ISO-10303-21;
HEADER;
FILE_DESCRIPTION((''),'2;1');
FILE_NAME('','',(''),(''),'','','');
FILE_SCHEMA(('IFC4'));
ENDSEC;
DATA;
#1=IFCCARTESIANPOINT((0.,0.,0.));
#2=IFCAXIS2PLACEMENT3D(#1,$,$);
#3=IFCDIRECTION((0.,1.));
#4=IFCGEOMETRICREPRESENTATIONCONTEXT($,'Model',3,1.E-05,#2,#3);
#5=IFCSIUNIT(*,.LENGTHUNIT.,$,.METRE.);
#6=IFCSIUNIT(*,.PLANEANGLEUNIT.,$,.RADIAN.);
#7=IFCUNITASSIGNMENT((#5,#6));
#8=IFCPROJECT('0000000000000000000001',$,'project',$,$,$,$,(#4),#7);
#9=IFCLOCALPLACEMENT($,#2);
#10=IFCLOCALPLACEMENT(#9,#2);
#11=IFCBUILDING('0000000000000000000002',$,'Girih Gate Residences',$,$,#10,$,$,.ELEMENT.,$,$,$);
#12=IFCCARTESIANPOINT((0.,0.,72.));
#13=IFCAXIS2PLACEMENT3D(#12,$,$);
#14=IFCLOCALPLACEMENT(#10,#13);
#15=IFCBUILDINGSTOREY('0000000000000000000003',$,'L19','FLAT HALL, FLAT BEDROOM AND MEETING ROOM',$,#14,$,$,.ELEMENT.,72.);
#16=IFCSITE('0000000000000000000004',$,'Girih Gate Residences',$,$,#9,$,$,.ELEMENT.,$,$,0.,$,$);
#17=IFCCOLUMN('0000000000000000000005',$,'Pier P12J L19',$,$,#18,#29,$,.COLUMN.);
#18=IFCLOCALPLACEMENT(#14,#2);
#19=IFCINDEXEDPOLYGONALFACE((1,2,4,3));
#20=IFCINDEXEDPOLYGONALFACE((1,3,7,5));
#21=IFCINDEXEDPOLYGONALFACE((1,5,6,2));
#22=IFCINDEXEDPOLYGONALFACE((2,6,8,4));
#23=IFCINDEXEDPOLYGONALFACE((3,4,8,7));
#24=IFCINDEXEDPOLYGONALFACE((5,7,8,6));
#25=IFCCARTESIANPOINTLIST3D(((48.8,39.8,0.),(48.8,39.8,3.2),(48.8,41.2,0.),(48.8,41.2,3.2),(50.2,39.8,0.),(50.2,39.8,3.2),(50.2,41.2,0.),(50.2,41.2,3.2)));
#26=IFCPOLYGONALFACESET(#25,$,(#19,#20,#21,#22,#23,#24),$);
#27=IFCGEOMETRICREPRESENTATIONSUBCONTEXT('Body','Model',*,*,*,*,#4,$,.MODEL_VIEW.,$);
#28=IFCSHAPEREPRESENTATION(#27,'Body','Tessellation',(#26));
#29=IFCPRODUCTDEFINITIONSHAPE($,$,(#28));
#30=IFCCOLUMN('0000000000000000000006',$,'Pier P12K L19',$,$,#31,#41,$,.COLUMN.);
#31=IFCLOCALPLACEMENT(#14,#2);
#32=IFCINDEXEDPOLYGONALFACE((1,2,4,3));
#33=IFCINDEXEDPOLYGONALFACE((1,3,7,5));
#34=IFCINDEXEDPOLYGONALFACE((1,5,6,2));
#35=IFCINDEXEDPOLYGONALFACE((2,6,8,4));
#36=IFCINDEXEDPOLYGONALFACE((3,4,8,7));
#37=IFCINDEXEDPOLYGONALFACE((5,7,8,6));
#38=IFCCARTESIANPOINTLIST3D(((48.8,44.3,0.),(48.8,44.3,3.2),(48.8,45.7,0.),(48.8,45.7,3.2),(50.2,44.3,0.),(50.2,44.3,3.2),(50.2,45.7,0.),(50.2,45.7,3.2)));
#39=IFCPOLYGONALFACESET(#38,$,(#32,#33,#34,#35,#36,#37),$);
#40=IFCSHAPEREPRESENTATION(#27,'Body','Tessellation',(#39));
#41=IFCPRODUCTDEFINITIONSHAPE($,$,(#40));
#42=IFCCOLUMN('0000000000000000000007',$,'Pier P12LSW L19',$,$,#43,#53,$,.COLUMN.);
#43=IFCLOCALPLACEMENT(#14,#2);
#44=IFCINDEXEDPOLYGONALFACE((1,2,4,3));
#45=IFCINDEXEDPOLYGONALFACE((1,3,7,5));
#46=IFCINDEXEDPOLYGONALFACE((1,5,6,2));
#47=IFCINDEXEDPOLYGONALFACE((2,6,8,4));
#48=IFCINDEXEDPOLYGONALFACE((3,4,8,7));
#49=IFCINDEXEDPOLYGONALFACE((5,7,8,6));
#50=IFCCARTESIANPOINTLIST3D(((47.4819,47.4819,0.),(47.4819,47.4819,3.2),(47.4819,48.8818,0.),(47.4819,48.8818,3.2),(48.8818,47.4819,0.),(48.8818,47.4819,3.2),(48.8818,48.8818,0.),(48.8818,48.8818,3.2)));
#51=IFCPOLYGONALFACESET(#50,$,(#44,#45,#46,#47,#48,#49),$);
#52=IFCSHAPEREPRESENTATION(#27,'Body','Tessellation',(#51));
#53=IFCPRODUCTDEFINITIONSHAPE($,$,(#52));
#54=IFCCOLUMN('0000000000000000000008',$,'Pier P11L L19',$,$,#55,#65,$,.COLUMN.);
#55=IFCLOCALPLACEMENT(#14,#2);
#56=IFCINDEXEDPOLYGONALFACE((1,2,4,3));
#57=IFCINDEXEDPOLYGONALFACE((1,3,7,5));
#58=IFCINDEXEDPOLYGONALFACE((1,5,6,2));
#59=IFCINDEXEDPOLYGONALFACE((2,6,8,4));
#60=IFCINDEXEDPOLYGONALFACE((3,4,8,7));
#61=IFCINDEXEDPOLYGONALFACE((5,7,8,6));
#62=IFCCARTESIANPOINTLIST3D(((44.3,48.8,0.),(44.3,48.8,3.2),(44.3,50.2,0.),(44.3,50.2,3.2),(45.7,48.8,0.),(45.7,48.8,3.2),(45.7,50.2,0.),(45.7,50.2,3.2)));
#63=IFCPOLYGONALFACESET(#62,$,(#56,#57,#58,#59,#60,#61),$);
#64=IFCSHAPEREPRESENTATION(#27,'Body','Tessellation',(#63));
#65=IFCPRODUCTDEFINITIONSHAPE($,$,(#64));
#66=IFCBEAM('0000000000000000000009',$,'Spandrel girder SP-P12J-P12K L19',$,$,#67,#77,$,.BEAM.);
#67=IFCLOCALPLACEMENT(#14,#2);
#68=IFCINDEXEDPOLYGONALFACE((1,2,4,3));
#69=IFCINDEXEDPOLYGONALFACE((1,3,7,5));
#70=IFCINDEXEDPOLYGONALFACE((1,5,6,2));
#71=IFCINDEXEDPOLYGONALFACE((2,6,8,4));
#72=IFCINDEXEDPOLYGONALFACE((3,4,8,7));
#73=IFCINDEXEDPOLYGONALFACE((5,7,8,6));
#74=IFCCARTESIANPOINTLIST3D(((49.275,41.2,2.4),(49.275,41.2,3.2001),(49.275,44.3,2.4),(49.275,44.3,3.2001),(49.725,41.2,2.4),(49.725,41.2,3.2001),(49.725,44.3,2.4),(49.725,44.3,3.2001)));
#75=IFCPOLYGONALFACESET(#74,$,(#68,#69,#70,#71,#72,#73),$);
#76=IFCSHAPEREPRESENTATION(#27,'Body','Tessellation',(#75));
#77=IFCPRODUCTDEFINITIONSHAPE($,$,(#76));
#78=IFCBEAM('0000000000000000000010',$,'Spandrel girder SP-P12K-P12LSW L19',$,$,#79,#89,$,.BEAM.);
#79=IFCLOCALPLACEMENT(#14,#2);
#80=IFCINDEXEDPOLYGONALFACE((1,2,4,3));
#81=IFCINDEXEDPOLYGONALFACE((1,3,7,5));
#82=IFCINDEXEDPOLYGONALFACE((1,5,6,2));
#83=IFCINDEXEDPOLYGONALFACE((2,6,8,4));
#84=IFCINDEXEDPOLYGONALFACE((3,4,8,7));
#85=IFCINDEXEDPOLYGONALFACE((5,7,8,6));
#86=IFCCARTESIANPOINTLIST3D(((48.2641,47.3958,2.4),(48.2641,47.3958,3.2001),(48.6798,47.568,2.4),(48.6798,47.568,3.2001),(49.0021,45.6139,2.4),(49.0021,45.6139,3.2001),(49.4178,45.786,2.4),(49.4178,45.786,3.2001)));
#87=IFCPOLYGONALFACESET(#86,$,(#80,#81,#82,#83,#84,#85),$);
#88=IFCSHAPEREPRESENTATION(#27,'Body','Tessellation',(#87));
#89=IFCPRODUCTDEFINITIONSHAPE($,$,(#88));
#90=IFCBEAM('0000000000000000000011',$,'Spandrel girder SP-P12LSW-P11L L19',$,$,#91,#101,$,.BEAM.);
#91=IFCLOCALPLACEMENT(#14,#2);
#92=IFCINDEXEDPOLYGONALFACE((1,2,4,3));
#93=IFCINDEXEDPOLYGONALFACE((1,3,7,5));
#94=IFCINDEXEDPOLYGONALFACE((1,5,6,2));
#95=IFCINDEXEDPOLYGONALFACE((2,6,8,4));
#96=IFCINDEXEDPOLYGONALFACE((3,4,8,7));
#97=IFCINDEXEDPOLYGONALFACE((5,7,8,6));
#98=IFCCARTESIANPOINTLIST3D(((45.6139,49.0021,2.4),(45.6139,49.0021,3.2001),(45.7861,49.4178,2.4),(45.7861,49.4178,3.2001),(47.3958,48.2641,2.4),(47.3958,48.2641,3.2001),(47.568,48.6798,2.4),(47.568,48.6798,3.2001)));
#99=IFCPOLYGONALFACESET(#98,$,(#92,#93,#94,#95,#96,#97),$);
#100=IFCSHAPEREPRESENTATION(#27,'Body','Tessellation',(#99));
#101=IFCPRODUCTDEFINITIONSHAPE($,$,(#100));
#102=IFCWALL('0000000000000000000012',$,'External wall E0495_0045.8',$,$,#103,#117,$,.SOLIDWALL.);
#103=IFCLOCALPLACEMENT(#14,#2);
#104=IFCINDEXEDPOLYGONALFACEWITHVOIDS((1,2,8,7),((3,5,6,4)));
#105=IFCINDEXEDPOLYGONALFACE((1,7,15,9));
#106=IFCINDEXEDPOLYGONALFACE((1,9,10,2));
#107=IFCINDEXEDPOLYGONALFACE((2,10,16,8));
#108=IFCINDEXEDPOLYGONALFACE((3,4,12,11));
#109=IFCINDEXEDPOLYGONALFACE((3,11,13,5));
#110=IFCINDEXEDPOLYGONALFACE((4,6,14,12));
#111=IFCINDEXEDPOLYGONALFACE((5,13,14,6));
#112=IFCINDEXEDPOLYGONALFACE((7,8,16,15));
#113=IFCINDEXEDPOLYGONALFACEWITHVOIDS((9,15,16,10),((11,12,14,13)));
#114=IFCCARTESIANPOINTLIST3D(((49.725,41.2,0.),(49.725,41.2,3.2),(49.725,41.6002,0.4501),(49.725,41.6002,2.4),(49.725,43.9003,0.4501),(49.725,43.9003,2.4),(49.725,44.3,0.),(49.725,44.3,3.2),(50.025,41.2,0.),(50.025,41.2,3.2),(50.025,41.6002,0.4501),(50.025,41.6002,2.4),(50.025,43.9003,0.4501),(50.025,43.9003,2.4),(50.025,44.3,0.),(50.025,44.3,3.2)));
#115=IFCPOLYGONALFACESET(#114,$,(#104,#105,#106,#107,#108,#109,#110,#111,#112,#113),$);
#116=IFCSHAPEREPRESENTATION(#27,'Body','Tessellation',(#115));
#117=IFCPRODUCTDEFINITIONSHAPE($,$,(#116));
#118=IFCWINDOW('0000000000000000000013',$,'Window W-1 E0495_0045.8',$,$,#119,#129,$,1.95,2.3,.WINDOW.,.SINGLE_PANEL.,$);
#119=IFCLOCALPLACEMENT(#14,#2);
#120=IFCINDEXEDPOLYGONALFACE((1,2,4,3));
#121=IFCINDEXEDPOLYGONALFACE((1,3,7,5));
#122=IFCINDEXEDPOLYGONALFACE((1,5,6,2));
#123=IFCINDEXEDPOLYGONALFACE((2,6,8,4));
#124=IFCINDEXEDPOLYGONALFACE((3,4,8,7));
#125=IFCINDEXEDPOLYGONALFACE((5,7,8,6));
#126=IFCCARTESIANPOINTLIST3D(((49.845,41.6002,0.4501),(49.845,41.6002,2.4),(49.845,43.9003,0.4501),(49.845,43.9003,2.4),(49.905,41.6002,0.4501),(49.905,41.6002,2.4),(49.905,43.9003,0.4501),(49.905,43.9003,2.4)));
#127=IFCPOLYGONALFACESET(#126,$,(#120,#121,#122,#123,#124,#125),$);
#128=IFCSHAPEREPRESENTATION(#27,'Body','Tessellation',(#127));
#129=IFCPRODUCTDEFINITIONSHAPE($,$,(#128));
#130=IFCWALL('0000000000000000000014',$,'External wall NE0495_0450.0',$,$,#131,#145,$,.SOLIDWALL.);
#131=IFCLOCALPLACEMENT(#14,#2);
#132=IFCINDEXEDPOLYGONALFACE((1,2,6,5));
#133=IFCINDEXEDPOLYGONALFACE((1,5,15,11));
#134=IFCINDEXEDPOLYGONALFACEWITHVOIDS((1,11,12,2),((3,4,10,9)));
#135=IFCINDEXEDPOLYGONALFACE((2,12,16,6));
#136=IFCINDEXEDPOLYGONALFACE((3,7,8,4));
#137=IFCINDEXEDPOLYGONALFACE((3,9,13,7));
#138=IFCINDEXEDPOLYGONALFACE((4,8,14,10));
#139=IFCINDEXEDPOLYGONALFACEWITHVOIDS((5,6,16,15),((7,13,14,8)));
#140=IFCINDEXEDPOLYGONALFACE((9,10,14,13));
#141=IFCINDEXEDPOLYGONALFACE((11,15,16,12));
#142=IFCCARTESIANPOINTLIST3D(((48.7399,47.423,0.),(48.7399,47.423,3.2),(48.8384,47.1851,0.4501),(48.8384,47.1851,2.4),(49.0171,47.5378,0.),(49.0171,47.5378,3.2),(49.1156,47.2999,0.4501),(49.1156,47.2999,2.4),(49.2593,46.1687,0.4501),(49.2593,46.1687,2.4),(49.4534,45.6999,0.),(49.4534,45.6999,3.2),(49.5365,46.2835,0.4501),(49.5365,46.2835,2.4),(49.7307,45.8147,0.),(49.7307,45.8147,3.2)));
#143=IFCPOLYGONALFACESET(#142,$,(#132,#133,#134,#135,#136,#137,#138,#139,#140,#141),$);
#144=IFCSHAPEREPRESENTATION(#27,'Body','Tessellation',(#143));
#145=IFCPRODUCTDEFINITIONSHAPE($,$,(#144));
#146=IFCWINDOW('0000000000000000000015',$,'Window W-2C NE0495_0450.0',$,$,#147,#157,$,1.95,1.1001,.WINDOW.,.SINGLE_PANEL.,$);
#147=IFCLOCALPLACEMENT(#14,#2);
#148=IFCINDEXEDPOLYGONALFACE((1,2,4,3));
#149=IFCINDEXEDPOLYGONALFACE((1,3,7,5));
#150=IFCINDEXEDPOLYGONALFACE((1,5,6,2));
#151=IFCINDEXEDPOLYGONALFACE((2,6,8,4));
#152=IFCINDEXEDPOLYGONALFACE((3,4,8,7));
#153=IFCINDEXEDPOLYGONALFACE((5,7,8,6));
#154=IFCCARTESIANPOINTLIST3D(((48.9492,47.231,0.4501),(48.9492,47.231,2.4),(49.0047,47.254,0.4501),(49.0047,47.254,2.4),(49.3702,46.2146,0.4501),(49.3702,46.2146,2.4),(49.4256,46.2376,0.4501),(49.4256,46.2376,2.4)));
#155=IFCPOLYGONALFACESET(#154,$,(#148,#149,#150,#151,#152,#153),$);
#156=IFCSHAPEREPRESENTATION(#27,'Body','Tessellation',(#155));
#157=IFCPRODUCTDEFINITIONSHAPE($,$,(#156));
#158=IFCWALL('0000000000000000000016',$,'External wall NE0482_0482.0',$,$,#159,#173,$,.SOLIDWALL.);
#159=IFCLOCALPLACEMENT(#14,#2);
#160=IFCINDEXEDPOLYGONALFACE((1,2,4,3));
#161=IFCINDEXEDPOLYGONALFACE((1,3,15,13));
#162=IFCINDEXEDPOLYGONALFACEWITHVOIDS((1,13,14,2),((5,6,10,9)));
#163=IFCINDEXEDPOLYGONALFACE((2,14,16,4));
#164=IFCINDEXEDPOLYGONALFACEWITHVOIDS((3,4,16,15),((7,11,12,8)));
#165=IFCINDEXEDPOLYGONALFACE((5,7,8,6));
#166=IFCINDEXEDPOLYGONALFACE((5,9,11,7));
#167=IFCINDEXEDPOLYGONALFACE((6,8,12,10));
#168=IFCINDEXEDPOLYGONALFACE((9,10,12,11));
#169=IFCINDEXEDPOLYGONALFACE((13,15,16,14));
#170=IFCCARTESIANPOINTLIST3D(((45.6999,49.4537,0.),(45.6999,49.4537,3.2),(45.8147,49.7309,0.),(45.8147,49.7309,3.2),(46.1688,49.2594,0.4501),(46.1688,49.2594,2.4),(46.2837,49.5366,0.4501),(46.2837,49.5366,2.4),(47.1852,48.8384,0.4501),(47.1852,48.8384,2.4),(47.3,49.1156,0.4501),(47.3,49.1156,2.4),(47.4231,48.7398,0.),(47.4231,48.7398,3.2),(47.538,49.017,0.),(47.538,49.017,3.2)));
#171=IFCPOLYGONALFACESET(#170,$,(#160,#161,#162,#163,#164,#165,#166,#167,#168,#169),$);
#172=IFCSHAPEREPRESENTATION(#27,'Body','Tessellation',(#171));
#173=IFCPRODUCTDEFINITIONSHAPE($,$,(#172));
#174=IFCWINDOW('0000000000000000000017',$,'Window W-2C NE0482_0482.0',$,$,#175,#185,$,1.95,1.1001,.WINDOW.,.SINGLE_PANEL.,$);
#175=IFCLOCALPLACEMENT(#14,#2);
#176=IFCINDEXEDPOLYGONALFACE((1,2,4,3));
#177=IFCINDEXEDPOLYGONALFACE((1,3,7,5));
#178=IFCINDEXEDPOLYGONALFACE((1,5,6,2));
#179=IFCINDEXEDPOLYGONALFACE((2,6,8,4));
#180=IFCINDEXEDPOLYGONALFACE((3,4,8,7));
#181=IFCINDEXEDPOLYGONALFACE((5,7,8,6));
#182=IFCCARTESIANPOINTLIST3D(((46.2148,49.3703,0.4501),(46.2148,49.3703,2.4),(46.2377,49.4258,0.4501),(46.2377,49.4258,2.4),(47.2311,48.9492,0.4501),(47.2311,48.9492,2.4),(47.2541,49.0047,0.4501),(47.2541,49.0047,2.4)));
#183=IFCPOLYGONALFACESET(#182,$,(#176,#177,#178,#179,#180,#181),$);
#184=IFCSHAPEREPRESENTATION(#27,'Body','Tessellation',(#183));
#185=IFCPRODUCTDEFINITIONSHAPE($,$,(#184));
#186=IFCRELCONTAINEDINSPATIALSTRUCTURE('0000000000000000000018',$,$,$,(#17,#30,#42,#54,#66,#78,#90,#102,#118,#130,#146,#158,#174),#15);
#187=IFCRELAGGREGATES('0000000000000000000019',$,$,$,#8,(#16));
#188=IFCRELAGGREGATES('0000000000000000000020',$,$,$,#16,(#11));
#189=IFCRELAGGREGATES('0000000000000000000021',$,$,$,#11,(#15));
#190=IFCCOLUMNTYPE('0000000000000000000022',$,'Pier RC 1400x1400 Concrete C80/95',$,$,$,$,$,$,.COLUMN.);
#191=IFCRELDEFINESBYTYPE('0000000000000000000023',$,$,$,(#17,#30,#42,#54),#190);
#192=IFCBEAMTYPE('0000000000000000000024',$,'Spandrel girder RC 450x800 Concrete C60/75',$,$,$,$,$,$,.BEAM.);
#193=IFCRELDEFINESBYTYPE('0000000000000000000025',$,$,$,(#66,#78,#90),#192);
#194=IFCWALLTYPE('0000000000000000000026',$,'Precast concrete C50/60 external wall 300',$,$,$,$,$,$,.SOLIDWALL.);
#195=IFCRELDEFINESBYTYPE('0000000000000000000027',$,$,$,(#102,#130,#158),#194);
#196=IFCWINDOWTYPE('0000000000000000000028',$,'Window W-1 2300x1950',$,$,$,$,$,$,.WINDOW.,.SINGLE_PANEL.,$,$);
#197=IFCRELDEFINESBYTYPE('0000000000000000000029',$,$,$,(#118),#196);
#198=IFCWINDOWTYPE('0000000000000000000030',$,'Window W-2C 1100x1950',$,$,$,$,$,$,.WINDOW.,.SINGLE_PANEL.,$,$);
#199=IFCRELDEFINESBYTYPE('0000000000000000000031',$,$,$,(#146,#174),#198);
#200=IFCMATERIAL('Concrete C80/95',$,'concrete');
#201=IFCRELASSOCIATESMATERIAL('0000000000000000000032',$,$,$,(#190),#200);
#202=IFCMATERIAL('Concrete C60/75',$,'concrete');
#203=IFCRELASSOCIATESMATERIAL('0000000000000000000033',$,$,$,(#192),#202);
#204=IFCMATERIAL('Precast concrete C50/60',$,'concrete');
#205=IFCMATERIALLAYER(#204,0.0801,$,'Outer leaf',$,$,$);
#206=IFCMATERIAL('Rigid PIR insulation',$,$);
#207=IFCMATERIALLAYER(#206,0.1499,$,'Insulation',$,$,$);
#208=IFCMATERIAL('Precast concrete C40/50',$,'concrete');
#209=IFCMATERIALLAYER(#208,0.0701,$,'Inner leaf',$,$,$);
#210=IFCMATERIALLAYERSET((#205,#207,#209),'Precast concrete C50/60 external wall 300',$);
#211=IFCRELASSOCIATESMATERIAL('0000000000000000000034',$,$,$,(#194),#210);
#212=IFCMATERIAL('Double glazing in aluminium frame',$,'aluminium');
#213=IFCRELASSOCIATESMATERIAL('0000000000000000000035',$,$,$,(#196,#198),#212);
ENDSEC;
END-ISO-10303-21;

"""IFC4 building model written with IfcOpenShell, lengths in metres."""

from ifc_helpers import new_model, si_unit, direction, frame, frame_2d, origin, origin_2d, place, context, subcontext, project, spatial, rectangle, extrude, material, layer, layer_set, material_profile, profile_set, type_object, element, fill, save


model = new_model("IFC4")

# Units and contexts
model_context = context("Model", 3, precision=1e-05, world=origin(), true_north=direction((0.0, 1.0)))
body_context = subcontext(model_context, "Body", "Model", "MODEL_VIEW")
ifc_project = project(units=[si_unit("LENGTHUNIT", "METRE"), si_unit("PLANEANGLEUNIT", "RADIAN")], contexts=[model_context])

# Site, building, storey
site_placement = place(None, origin())
site = spatial("IfcSite", under=ifc_project, at=site_placement, Name="Girih Gate Residences", CompositionType="ELEMENT", RefElevation=0.0)
building_placement = place(site_placement, origin())
building = spatial("IfcBuilding", under=site, at=building_placement, Name="Girih Gate Residences", CompositionType="ELEMENT")
storey_placement = place(building_placement, frame((0.0, 0.0, 72.0)))
storey = spatial("IfcBuildingStorey", under=building, at=storey_placement, Name="L19", Description="FLAT HALL, FLAT BEDROOM AND MEETING ROOM", CompositionType="ELEMENT", Elevation=72.0)

# Columns
ifc_material_1 = material(Name="Concrete C80/95", Category="concrete")
ifc_material_profile_1 = material_profile(ifc_material_1, rectangle(XDim=1.3999, YDim=1.3999, at=origin_2d()))
ifc_profile_set_1 = profile_set([ifc_material_profile_1], Name="Concrete C80/95")
column_type = type_object("IfcColumnType", Name="Pier RC 1400x1400 Concrete C80/95", PredefinedType="COLUMN", material=ifc_profile_set_1)
for number, where, z_axis, x_axis, name in (
    (1, (49.5, 40.5, 0.0), (0.0, 0.0, 1.0), (1.0, 0.0, 0.0), "Pier P12J L19"),
    (2, (49.5, 45.0, 0.0), (0.0, 0.0, 1.0), (1.0, 0.0, 0.0), "Pier P12K L19"),
    (3, (48.1819, 48.1819, 0.0), (0.0, 0.0, 1.0), (1.0, 0.0, 0.0), "Pier P12LSW L19"),
    (4, (45.0, 49.5, 0.0), (0.0, 0.0, 1.0), (1.0, 0.0, 0.0), "Pier P11L L19"),
):
    element("IfcColumn", number, at=place(storey_placement, frame(where, z_axis=z_axis, x_axis=x_axis)), inside=storey, type_object=column_type, Name=name, PredefinedType="COLUMN", context=body_context, shape_type="SweptSolid", body=[
        extrude(rectangle(XDim=1.3999, YDim=1.3999, at=origin_2d()), origin(), (0.0, 0.0, 1.0), 3.2),
    ])

# Beams
ifc_material_2 = material(Name="Concrete C60/75", Category="concrete")
ifc_material_profile_2 = material_profile(ifc_material_2, rectangle(XDim=0.45, YDim=0.8, at=origin_2d()))
ifc_profile_set_2 = profile_set([ifc_material_profile_2], Name="Concrete C60/75")
beam_type = type_object("IfcBeamType", Name="Spandrel girder RC 450x800 Concrete C60/75", PredefinedType="BEAM", material=ifc_profile_set_2)
beam_placement = place(storey_placement, frame((49.5, 41.2, 2.8), z_axis=(0.0, 1.0, 0.0), x_axis=(-1.0, 0.0, 0.0)))
element("IfcBeam", 5, at=beam_placement, inside=storey, type_object=beam_type, Name="Spandrel girder SP-P12J-P12K L19", PredefinedType="BEAM", context=body_context, shape_type="SweptSolid", body=[
    extrude(rectangle(XDim=0.45, YDim=0.8, at=origin_2d()), origin(), (0.0, 0.0, 1.0), 3.1001),
])
for number, where, z_axis, x_axis, name in (
    (6, (49.21, 45.7, 2.8), (-0.382646, 0.923895, 0.0), (-0.923895, -0.382646, 0.0), "Spandrel girder SP-P12K-P12LSW L19"),
    (7, (47.4819, 48.4719, 2.8), (-0.923895, 0.382646, 0.0), (-0.382646, -0.923895, 0.0), "Spandrel girder SP-P12LSW-P11L L19"),
):
    element("IfcBeam", number, at=place(storey_placement, frame(where, z_axis=z_axis, x_axis=x_axis)), inside=storey, type_object=beam_type, Name=name, PredefinedType="BEAM", context=body_context, shape_type="SweptSolid", body=[
        extrude(rectangle(XDim=0.45, YDim=0.8, at=origin_2d()), origin(), (0.0, 0.0, 1.0), 1.9287),
    ])

# Walls, openings, windows
ifc_material_3 = material(Name="Precast concrete C50/60", Category="concrete")
ifc_layer_1 = layer(ifc_material_3, 0.0801, Name="Outer leaf")
ifc_material_4 = material(Name="Rigid PIR insulation")
ifc_layer_2 = layer(ifc_material_4, 0.1499, Name="Insulation")
ifc_material_5 = material(Name="Precast concrete C40/50", Category="concrete")
ifc_layer_3 = layer(ifc_material_5, 0.0701, Name="Inner leaf")
ifc_layer_set = layer_set([ifc_layer_1, ifc_layer_2, ifc_layer_3], Name="Precast concrete C50/60 external wall 300")
wall_type = type_object("IfcWallType", Name="Precast concrete C50/60 external wall 300", PredefinedType="SOLIDWALL", material=ifc_layer_set)
wall_1_placement = place(storey_placement, frame((49.875, 44.3, 0.0), z_axis=(0.0, 0.0, 1.0), x_axis=(0.0, -1.0, 0.0)))
wall_1 = element("IfcWall", 8, at=wall_1_placement, inside=storey, type_object=wall_type, Name="External wall E0495_0045.8", PredefinedType="SOLIDWALL", context=body_context, shape_type="SweptSolid", body=[
    extrude(rectangle(XDim=3.1001, YDim=0.3, at=frame_2d((1.55, 0.0))), origin(), (0.0, 0.0, 1.0), 3.2),
])
opening_1_placement = place(wall_1_placement, frame((0.3999, 0.0, 0.45)))
opening_1 = element("IfcOpeningElement", 9, at=opening_1_placement, cuts=wall_1, PredefinedType="OPENING", context=body_context, shape_type="SweptSolid", body=[
    extrude(rectangle(XDim=2.3, YDim=1.95, at=frame_2d((1.1499, 0.9751))), frame((0.0, 0.1599, 0.0), z_axis=(0.0, -1.0, 0.0), x_axis=(1.0, 0.0, 0.0)), (0.0, 0.0, 1.0), 0.3201),
])
ifc_material_6 = material(Name="Double glazing in aluminium frame", Category="aluminium")
window_type_1 = type_object("IfcWindowType", Name="Window W-1 2300x1950", PartitioningType="SINGLE_PANEL", PredefinedType="WINDOW", material=ifc_material_6)
window_1_placement = place(opening_1_placement, origin())
window_1 = element("IfcWindow", 10, at=window_1_placement, inside=storey, type_object=window_type_1, Name="Window W-1 E0495_0045.8", OverallHeight=1.95, OverallWidth=2.3, PartitioningType="SINGLE_PANEL", PredefinedType="WINDOW", context=body_context, shape_type="SweptSolid", body=[
    extrude(rectangle(XDim=2.3, YDim=1.95, at=frame_2d((1.1499, 0.9751))), frame((0.0, 0.03, 0.0), z_axis=(0.0, -1.0, 0.0), x_axis=(1.0, 0.0, 0.0)), (0.0, 0.0, 1.0), 0.0601),
])
fill(opening_1, window_1)
wall_2_placement = place(storey_placement, frame((48.8784, 47.4805, 0.0), z_axis=(0.0, 0.0, 1.0), x_axis=(0.382625, -0.923904, 0.0)))
wall_2 = element("IfcWall", 11, at=wall_2_placement, inside=storey, type_object=wall_type, Name="External wall NE0495_0450.0", PredefinedType="SOLIDWALL", context=body_context, shape_type="SweptSolid", body=[
    extrude(rectangle(XDim=1.865, YDim=0.3, at=frame_2d((0.9326, 0.0))), origin(), (0.0, 0.0, 1.0), 3.2),
])
opening_2_placement = place(wall_2_placement, frame((0.2576, 0.0, 0.45)))
opening_2 = element("IfcOpeningElement", 12, at=opening_2_placement, cuts=wall_2, PredefinedType="OPENING", context=body_context, shape_type="SweptSolid", body=[
    extrude(rectangle(XDim=1.1001, YDim=1.95, at=frame_2d((0.55, 0.9751))), frame((0.0, 0.1599, 0.0), z_axis=(0.0, -1.0, 0.0), x_axis=(1.0, 0.0, 0.0)), (0.0, 0.0, 1.0), 0.3201),
])
window_type_2 = type_object("IfcWindowType", Name="Window W-2C 1100x1950", PartitioningType="SINGLE_PANEL", PredefinedType="WINDOW", material=ifc_material_6)
window_2_placement = place(opening_2_placement, origin())
window_2 = element("IfcWindow", 13, at=window_2_placement, inside=storey, type_object=window_type_2, Name="Window W-2C NE0495_0450.0", OverallHeight=1.95, OverallWidth=1.1001, PartitioningType="SINGLE_PANEL", PredefinedType="WINDOW", context=body_context, shape_type="SweptSolid", body=[
    extrude(rectangle(XDim=1.1001, YDim=1.95, at=frame_2d((0.55, 0.9751))), frame((0.0, 0.03, 0.0), z_axis=(0.0, -1.0, 0.0), x_axis=(1.0, 0.0, 0.0)), (0.0, 0.0, 1.0), 0.0601),
])
fill(opening_2, window_2)
wall_3_placement = place(storey_placement, frame((45.7573, 49.5923, 0.0), z_axis=(0.0, 0.0, 1.0), x_axis=(0.923857, -0.382737, 0.0)))
wall_3 = element("IfcWall", 14, at=wall_3_placement, inside=storey, type_object=wall_type, Name="External wall NE0482_0482.0", PredefinedType="SOLIDWALL", context=body_context, shape_type="SweptSolid", body=[
    extrude(rectangle(XDim=1.8652, YDim=0.3, at=frame_2d((0.9326, 0.0))), origin(), (0.0, 0.0, 1.0), 3.2),
])
opening_3_placement = place(wall_3_placement, frame((0.5076, 0.0, 0.45)))
opening_3 = element("IfcOpeningElement", 15, at=opening_3_placement, cuts=wall_3, PredefinedType="OPENING", context=body_context, shape_type="SweptSolid", body=[
    extrude(rectangle(XDim=1.1001, YDim=1.95, at=frame_2d((0.55, 0.9751))), frame((0.0, 0.1599, 0.0), z_axis=(0.0, -1.0, 0.0), x_axis=(1.0, 0.0, 0.0)), (0.0, 0.0, 1.0), 0.3201),
])
window_3_placement = place(opening_3_placement, origin())
window_3 = element("IfcWindow", 16, at=window_3_placement, inside=storey, type_object=window_type_2, Name="Window W-2C NE0482_0482.0", OverallHeight=1.95, OverallWidth=1.1001, PartitioningType="SINGLE_PANEL", PredefinedType="WINDOW", context=body_context, shape_type="SweptSolid", body=[
    extrude(rectangle(XDim=1.1001, YDim=1.95, at=frame_2d((0.55, 0.9751))), frame((0.0, 0.03, 0.0), z_axis=(0.0, -1.0, 0.0), x_axis=(1.0, 0.0, 0.0)), (0.0, 0.0, 1.0), 0.0601),
])
fill(opening_3, window_3)

save(model, "model.ifc")
